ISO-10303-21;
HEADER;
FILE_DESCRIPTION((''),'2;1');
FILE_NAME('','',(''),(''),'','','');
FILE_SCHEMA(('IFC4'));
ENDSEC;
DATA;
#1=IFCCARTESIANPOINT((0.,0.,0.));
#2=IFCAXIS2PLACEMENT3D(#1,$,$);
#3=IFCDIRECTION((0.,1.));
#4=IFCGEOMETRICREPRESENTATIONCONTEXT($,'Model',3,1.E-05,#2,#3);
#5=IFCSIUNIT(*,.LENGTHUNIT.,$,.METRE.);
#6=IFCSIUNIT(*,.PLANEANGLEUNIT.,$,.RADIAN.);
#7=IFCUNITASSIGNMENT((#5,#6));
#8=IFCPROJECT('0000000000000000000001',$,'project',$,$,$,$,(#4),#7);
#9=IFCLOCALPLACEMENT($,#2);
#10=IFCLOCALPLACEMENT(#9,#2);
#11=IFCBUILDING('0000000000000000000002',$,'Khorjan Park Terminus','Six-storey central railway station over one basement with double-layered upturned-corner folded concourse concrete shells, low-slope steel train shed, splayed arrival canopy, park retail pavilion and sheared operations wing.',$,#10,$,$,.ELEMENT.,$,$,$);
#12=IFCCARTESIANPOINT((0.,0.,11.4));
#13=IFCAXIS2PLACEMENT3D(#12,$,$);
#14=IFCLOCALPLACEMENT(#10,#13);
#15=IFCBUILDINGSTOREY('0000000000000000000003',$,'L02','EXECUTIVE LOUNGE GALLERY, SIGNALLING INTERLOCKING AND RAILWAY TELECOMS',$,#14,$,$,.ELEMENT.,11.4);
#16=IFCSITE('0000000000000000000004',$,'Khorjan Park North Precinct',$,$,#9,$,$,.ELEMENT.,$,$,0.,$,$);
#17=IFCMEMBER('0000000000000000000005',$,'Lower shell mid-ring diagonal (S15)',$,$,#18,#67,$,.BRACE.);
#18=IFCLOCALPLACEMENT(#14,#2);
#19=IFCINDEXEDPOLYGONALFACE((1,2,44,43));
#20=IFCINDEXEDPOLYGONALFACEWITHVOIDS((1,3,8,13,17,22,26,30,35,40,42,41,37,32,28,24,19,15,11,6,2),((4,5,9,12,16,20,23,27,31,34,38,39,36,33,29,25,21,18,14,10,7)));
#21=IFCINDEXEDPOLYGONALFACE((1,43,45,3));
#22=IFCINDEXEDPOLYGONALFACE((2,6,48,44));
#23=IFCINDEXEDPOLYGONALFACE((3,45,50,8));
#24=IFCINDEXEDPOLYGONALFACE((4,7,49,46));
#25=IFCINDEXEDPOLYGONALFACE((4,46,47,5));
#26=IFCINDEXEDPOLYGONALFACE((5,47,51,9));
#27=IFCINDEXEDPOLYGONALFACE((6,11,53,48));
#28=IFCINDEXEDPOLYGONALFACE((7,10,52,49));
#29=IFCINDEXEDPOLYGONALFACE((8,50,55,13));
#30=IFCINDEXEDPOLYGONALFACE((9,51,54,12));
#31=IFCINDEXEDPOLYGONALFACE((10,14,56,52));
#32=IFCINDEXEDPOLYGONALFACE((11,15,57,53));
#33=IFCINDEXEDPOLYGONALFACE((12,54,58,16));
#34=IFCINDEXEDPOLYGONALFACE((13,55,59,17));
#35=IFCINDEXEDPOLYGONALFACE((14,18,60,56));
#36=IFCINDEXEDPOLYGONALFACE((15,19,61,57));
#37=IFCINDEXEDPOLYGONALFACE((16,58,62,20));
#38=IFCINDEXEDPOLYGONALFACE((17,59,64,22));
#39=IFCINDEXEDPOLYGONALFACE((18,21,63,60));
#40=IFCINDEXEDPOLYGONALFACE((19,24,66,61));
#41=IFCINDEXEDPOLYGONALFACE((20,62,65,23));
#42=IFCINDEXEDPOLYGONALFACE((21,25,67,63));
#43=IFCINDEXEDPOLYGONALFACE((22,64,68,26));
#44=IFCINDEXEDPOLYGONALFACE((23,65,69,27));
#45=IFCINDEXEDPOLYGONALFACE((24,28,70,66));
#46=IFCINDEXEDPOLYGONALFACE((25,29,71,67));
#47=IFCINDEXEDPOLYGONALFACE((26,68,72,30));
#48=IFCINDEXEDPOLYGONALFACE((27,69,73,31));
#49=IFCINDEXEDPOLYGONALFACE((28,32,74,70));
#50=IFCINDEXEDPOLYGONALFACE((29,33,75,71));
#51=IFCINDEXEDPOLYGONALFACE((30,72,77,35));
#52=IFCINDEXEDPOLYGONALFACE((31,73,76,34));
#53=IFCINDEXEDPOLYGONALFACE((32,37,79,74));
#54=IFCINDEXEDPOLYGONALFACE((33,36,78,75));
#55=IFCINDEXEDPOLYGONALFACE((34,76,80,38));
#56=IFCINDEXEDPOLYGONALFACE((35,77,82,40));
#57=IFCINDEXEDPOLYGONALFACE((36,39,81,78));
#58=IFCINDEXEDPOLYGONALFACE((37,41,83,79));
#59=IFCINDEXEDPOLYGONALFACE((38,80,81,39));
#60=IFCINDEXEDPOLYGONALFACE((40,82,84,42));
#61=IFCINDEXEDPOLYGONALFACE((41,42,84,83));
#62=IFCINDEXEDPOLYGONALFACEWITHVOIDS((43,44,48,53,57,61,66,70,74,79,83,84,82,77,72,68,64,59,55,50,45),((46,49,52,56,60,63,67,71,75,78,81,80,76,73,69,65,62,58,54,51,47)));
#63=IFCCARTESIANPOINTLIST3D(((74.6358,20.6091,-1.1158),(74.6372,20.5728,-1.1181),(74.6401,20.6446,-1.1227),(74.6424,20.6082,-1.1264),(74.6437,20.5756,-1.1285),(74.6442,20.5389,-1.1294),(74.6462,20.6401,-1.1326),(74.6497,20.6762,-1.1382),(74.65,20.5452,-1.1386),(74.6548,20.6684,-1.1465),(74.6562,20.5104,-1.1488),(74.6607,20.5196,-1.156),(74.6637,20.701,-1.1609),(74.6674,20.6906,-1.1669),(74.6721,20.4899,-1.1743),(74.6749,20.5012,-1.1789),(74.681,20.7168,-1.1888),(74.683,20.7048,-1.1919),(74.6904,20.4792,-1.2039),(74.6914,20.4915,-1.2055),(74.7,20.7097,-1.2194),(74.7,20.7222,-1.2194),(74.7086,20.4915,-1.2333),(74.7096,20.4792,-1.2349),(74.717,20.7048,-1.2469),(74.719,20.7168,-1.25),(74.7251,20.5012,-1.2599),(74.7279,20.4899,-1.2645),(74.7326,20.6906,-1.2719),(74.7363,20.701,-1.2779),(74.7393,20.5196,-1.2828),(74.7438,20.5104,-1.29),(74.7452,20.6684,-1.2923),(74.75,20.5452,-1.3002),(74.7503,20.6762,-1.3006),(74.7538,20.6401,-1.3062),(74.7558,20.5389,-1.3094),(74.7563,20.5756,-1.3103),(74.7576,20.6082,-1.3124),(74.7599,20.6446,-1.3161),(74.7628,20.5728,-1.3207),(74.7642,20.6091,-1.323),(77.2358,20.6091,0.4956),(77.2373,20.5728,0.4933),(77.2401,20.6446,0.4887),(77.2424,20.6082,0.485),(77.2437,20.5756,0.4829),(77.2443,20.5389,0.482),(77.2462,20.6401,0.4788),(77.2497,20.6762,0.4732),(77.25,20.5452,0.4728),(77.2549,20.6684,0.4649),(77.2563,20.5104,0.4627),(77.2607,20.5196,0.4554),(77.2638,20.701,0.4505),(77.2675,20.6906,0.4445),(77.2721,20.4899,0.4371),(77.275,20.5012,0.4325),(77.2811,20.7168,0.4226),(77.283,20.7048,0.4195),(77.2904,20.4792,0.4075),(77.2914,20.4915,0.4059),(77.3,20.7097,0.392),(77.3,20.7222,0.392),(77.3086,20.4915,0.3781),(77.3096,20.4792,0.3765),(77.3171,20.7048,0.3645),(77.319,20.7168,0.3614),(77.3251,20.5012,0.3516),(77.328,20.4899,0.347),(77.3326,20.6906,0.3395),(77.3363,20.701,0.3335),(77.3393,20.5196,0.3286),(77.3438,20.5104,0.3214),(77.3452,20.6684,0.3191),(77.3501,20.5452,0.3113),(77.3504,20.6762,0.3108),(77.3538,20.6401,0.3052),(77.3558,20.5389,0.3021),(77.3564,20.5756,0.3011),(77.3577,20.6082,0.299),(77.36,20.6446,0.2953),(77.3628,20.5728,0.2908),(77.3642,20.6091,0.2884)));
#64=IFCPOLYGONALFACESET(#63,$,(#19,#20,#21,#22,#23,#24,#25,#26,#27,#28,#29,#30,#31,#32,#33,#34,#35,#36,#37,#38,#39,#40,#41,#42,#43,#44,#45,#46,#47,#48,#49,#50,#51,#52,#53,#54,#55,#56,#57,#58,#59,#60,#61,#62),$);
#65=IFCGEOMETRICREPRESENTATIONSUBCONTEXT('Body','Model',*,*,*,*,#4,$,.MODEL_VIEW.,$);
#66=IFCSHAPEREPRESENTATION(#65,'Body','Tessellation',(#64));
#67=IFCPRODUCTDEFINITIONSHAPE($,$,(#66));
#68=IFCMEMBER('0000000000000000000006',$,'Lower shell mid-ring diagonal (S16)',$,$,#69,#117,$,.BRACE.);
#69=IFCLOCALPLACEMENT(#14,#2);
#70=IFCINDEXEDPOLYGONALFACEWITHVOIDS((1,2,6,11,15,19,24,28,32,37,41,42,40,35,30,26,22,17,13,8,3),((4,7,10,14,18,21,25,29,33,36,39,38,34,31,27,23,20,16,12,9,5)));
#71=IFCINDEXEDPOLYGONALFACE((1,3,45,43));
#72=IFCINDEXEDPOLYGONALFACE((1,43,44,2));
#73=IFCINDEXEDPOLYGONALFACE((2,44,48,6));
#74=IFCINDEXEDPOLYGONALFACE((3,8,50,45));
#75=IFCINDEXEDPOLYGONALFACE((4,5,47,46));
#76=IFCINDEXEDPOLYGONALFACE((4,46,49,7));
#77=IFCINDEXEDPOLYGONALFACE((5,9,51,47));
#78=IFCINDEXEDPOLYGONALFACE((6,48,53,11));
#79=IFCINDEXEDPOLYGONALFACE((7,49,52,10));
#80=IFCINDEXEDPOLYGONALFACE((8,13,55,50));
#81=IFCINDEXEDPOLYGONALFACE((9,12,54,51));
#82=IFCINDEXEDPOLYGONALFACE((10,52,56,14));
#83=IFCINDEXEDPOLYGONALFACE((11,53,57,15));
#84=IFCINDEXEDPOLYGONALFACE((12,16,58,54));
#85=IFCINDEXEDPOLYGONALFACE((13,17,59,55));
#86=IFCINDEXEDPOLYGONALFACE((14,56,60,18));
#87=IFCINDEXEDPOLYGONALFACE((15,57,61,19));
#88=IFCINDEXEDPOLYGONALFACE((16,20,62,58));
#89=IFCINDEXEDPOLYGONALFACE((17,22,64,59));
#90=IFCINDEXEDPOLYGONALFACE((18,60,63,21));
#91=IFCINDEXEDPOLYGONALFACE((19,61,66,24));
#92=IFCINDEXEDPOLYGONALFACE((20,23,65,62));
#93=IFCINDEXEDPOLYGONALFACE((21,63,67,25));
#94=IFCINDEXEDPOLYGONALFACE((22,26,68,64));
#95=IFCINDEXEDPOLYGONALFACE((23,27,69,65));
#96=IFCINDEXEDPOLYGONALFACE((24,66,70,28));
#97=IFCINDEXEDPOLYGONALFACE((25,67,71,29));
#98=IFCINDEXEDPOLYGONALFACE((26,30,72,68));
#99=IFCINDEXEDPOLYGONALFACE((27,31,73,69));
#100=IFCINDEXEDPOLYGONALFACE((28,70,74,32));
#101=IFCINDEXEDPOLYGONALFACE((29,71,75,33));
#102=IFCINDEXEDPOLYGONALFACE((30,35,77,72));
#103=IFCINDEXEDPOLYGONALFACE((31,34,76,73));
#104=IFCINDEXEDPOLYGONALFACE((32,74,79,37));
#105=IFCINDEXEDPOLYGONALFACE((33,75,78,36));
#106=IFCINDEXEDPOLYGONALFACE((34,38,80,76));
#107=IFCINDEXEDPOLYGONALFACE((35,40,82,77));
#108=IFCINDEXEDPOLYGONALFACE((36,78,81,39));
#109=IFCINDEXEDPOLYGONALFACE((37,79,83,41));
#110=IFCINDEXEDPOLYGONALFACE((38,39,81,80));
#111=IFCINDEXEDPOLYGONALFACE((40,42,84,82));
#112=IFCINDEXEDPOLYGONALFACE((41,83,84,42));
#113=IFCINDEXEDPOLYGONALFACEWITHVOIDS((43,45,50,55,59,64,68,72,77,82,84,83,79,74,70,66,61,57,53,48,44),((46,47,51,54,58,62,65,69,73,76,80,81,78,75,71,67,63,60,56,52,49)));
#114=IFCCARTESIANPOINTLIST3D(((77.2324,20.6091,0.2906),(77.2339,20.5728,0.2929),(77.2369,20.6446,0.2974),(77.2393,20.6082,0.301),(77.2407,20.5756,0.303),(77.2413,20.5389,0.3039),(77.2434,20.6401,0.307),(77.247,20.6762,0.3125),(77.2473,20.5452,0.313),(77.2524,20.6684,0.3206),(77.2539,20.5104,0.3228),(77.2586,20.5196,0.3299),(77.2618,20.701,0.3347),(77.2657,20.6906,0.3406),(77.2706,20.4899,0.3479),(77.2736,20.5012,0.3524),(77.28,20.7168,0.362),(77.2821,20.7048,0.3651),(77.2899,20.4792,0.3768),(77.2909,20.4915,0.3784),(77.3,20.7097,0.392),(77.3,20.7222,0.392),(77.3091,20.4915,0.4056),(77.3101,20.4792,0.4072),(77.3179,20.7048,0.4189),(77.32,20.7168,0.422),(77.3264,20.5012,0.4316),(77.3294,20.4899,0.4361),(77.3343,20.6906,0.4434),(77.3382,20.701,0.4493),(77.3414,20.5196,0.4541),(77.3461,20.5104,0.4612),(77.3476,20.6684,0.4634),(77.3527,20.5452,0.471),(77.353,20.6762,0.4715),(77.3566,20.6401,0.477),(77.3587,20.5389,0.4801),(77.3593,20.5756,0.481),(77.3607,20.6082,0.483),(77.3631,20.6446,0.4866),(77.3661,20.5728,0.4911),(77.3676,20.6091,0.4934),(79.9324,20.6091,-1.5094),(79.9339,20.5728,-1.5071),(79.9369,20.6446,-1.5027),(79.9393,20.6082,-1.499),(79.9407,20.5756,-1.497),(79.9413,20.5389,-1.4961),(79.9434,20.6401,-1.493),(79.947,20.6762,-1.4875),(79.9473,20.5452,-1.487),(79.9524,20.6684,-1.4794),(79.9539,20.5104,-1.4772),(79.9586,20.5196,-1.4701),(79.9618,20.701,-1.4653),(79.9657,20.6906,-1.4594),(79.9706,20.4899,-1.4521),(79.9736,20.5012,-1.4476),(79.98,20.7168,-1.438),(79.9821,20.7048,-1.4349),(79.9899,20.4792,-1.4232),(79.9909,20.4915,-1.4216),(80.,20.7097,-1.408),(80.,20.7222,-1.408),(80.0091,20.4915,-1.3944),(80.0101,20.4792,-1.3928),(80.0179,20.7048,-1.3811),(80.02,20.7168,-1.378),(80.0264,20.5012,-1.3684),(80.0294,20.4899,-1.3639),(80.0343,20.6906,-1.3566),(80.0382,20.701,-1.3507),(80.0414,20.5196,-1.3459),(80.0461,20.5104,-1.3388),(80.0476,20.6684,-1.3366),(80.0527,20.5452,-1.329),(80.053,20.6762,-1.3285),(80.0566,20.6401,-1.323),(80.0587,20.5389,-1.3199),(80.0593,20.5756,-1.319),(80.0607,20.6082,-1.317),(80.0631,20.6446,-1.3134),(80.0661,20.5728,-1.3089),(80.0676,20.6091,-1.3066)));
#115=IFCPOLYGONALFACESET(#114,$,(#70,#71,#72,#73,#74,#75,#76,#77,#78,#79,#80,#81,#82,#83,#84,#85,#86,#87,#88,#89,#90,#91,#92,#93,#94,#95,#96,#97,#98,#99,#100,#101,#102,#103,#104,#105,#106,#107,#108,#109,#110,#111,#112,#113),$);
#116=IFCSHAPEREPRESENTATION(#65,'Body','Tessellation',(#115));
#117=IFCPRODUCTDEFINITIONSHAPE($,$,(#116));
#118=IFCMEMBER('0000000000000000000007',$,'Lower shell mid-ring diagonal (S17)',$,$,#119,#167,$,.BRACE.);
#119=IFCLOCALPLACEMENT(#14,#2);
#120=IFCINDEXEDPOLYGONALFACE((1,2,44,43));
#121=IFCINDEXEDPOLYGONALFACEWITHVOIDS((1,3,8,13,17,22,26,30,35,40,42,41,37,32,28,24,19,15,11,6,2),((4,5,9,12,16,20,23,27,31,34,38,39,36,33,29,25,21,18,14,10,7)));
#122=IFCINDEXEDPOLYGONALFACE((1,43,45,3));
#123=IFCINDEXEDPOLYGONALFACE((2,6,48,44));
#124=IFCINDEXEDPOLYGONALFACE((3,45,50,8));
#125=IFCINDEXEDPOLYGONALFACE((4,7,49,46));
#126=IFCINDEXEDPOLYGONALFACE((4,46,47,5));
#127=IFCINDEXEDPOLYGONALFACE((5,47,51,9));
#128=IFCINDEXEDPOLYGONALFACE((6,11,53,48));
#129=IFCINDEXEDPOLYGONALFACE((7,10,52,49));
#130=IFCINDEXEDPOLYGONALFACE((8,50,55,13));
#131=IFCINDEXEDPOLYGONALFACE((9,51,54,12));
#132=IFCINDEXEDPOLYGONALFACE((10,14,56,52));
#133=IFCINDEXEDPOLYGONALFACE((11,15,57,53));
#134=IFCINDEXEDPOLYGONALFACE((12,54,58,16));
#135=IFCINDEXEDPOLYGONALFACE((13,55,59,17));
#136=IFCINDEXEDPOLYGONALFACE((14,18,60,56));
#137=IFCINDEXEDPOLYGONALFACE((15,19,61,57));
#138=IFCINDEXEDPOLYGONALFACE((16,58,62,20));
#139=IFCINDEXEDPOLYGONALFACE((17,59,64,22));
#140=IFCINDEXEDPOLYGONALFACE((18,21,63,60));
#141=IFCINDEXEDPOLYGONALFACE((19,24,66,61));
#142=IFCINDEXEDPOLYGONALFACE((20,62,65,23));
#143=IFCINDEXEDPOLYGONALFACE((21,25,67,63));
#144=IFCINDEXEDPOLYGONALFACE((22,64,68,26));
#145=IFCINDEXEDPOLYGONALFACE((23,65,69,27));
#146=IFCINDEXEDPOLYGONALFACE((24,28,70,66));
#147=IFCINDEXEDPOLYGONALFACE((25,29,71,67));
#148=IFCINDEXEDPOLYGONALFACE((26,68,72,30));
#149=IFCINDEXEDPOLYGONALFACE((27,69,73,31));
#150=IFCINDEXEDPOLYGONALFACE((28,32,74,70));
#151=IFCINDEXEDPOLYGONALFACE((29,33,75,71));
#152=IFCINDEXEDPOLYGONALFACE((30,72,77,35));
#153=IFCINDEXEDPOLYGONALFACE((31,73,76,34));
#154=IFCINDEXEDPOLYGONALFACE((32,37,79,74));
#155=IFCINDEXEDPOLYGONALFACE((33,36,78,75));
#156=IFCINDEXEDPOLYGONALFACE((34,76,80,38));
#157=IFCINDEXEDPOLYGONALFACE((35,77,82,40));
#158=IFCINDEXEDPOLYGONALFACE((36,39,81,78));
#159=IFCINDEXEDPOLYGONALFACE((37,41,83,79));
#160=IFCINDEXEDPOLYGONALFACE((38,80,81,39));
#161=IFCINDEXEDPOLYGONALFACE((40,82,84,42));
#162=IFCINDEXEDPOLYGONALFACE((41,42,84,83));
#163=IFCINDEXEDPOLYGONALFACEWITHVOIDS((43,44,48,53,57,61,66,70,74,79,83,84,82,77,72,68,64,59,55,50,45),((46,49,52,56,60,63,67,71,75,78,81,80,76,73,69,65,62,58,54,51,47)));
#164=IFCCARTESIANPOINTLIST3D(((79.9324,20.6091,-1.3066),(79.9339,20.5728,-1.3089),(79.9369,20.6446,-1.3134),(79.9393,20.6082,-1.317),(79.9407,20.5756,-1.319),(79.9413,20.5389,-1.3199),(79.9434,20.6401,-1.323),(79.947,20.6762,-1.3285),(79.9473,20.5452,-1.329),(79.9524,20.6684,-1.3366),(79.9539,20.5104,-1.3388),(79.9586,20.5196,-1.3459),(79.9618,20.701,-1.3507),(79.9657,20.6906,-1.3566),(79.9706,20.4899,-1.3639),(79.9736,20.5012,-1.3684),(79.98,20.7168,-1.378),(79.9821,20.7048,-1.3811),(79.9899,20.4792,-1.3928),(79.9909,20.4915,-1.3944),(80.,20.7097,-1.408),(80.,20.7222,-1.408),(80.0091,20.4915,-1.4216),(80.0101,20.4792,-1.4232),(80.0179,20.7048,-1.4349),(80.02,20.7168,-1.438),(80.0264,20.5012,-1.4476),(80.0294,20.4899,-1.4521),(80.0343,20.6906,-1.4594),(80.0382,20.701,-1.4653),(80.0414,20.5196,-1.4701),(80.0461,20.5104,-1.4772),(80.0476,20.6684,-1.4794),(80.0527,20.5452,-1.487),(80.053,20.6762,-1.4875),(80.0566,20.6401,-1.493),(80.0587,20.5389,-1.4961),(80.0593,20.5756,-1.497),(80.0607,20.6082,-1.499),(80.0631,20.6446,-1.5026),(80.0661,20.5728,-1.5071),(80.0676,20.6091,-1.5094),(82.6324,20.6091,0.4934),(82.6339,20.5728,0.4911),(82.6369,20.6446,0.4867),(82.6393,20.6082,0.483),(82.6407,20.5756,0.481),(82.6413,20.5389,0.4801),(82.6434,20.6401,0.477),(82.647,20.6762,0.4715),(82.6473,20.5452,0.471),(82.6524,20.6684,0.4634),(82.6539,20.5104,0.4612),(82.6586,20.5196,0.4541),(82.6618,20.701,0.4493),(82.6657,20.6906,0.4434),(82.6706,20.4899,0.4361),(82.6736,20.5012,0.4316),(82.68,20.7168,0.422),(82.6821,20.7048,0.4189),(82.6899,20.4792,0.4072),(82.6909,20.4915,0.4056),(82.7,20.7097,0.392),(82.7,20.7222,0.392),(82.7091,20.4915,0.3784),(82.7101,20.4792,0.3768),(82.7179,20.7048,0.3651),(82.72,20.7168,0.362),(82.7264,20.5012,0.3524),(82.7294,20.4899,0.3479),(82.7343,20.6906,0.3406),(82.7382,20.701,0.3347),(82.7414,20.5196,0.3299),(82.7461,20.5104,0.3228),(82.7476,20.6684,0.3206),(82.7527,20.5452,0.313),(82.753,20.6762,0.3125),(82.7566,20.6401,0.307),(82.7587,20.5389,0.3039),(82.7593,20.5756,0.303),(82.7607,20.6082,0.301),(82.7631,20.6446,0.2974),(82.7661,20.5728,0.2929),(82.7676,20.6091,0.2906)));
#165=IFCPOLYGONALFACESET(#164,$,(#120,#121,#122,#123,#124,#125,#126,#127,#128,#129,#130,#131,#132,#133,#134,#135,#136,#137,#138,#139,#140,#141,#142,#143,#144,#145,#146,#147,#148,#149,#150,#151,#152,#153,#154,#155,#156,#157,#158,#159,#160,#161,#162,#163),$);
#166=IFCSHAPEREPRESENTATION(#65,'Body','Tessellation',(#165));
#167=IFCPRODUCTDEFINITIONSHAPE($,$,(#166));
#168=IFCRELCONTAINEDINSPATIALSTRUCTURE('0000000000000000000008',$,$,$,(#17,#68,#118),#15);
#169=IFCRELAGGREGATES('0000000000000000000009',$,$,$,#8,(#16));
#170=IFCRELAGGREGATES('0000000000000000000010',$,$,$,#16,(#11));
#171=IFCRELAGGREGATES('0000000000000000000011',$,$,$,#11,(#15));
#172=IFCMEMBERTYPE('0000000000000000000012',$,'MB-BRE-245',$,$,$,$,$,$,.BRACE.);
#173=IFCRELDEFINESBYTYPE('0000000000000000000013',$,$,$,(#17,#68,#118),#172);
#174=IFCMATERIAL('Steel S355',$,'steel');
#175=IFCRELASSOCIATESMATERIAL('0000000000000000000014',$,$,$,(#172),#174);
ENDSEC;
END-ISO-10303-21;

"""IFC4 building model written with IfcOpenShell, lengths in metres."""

from ifc_helpers import new_model, si_unit, direction, frame, origin, origin_2d, place, context, subcontext, project, spatial, hollow_circle, extrude, material, material_profile, profile_set, type_object, element, save


model = new_model("IFC4")

# Units and contexts
model_context = context("Model", 3, precision=1e-05, world=origin(), true_north=direction((0.0, 1.0)))
body_context = subcontext(model_context, "Body", "Model", "MODEL_VIEW")
ifc_project = project(units=[si_unit("LENGTHUNIT", "METRE"), si_unit("PLANEANGLEUNIT", "RADIAN")], contexts=[model_context])

# Site, building, storey
site_placement = place(None, origin())
site = spatial("IfcSite", under=ifc_project, at=site_placement, Name="Khorjan Park North Precinct", CompositionType="ELEMENT", RefElevation=0.0)
building_placement = place(site_placement, origin())
building = spatial("IfcBuilding", under=site, at=building_placement, Name="Khorjan Park Terminus", Description="Six-storey central railway station over one basement with double-layered upturned-corner folded concourse concrete shells, low-slope steel train shed, splayed arrival canopy, park retail pavilion and sheared operations wing.", CompositionType="ELEMENT")
storey_placement = place(building_placement, frame((0.0, 0.0, 11.4)))
storey = spatial("IfcBuildingStorey", under=building, at=storey_placement, Name="L02", Description="EXECUTIVE LOUNGE GALLERY, SIGNALLING INTERLOCKING AND RAILWAY TELECOMS", CompositionType="ELEMENT", Elevation=11.4)

# Members
ifc_material_1 = material(Name="Steel S355", Category="steel")
ifc_material_profile_1 = material_profile(ifc_material_1, hollow_circle(Radius=0.1222, WallThickness=0.0125, at=origin_2d()), Name="CHS 244.5x12.5")
ifc_profile_set_1 = profile_set([ifc_material_profile_1], Name="Steel S355")
member_type_1 = type_object("IfcMemberType", Name="MB-BRE-245", PredefinedType="BRACE", material=ifc_profile_set_1)
member_1_placement = place(storey_placement, frame((74.7, 20.6, -1.2194), z_axis=(0.849991, 0.0, 0.526798), x_axis=(0.0, 1.0, 0.0)))
element("IfcMember", 1, at=member_1_placement, inside=storey, type_object=member_type_1, Name="Lower shell mid-ring diagonal (S15)", PredefinedType="BRACE", context=body_context, shape_type="SweptSolid", body=[
    extrude(hollow_circle(Radius=0.1222, WallThickness=0.0125, at=origin_2d()), origin(), (0.0, 0.0, 1.0), 3.0589),
])
for number, where, z_axis, x_axis, name in (
    (2, (77.3, 20.6, 0.392), (0.83205, 0.0, -0.5547), (0.0, 1.0, 0.0), "Lower shell mid-ring diagonal (S16)"),
    (3, (80.0, 20.6, -1.408), (0.83205, 0.0, 0.5547), (0.0, 1.0, 0.0), "Lower shell mid-ring diagonal (S17)"),
):
    element("IfcMember", number, at=place(storey_placement, frame(where, z_axis=z_axis, x_axis=x_axis)), inside=storey, type_object=member_type_1, Name=name, PredefinedType="BRACE", context=body_context, shape_type="SweptSolid", body=[
        extrude(hollow_circle(Radius=0.1222, WallThickness=0.0125, at=origin_2d()), origin(), (0.0, 0.0, 1.0), 3.245),
    ])

save(model, "model.ifc")
